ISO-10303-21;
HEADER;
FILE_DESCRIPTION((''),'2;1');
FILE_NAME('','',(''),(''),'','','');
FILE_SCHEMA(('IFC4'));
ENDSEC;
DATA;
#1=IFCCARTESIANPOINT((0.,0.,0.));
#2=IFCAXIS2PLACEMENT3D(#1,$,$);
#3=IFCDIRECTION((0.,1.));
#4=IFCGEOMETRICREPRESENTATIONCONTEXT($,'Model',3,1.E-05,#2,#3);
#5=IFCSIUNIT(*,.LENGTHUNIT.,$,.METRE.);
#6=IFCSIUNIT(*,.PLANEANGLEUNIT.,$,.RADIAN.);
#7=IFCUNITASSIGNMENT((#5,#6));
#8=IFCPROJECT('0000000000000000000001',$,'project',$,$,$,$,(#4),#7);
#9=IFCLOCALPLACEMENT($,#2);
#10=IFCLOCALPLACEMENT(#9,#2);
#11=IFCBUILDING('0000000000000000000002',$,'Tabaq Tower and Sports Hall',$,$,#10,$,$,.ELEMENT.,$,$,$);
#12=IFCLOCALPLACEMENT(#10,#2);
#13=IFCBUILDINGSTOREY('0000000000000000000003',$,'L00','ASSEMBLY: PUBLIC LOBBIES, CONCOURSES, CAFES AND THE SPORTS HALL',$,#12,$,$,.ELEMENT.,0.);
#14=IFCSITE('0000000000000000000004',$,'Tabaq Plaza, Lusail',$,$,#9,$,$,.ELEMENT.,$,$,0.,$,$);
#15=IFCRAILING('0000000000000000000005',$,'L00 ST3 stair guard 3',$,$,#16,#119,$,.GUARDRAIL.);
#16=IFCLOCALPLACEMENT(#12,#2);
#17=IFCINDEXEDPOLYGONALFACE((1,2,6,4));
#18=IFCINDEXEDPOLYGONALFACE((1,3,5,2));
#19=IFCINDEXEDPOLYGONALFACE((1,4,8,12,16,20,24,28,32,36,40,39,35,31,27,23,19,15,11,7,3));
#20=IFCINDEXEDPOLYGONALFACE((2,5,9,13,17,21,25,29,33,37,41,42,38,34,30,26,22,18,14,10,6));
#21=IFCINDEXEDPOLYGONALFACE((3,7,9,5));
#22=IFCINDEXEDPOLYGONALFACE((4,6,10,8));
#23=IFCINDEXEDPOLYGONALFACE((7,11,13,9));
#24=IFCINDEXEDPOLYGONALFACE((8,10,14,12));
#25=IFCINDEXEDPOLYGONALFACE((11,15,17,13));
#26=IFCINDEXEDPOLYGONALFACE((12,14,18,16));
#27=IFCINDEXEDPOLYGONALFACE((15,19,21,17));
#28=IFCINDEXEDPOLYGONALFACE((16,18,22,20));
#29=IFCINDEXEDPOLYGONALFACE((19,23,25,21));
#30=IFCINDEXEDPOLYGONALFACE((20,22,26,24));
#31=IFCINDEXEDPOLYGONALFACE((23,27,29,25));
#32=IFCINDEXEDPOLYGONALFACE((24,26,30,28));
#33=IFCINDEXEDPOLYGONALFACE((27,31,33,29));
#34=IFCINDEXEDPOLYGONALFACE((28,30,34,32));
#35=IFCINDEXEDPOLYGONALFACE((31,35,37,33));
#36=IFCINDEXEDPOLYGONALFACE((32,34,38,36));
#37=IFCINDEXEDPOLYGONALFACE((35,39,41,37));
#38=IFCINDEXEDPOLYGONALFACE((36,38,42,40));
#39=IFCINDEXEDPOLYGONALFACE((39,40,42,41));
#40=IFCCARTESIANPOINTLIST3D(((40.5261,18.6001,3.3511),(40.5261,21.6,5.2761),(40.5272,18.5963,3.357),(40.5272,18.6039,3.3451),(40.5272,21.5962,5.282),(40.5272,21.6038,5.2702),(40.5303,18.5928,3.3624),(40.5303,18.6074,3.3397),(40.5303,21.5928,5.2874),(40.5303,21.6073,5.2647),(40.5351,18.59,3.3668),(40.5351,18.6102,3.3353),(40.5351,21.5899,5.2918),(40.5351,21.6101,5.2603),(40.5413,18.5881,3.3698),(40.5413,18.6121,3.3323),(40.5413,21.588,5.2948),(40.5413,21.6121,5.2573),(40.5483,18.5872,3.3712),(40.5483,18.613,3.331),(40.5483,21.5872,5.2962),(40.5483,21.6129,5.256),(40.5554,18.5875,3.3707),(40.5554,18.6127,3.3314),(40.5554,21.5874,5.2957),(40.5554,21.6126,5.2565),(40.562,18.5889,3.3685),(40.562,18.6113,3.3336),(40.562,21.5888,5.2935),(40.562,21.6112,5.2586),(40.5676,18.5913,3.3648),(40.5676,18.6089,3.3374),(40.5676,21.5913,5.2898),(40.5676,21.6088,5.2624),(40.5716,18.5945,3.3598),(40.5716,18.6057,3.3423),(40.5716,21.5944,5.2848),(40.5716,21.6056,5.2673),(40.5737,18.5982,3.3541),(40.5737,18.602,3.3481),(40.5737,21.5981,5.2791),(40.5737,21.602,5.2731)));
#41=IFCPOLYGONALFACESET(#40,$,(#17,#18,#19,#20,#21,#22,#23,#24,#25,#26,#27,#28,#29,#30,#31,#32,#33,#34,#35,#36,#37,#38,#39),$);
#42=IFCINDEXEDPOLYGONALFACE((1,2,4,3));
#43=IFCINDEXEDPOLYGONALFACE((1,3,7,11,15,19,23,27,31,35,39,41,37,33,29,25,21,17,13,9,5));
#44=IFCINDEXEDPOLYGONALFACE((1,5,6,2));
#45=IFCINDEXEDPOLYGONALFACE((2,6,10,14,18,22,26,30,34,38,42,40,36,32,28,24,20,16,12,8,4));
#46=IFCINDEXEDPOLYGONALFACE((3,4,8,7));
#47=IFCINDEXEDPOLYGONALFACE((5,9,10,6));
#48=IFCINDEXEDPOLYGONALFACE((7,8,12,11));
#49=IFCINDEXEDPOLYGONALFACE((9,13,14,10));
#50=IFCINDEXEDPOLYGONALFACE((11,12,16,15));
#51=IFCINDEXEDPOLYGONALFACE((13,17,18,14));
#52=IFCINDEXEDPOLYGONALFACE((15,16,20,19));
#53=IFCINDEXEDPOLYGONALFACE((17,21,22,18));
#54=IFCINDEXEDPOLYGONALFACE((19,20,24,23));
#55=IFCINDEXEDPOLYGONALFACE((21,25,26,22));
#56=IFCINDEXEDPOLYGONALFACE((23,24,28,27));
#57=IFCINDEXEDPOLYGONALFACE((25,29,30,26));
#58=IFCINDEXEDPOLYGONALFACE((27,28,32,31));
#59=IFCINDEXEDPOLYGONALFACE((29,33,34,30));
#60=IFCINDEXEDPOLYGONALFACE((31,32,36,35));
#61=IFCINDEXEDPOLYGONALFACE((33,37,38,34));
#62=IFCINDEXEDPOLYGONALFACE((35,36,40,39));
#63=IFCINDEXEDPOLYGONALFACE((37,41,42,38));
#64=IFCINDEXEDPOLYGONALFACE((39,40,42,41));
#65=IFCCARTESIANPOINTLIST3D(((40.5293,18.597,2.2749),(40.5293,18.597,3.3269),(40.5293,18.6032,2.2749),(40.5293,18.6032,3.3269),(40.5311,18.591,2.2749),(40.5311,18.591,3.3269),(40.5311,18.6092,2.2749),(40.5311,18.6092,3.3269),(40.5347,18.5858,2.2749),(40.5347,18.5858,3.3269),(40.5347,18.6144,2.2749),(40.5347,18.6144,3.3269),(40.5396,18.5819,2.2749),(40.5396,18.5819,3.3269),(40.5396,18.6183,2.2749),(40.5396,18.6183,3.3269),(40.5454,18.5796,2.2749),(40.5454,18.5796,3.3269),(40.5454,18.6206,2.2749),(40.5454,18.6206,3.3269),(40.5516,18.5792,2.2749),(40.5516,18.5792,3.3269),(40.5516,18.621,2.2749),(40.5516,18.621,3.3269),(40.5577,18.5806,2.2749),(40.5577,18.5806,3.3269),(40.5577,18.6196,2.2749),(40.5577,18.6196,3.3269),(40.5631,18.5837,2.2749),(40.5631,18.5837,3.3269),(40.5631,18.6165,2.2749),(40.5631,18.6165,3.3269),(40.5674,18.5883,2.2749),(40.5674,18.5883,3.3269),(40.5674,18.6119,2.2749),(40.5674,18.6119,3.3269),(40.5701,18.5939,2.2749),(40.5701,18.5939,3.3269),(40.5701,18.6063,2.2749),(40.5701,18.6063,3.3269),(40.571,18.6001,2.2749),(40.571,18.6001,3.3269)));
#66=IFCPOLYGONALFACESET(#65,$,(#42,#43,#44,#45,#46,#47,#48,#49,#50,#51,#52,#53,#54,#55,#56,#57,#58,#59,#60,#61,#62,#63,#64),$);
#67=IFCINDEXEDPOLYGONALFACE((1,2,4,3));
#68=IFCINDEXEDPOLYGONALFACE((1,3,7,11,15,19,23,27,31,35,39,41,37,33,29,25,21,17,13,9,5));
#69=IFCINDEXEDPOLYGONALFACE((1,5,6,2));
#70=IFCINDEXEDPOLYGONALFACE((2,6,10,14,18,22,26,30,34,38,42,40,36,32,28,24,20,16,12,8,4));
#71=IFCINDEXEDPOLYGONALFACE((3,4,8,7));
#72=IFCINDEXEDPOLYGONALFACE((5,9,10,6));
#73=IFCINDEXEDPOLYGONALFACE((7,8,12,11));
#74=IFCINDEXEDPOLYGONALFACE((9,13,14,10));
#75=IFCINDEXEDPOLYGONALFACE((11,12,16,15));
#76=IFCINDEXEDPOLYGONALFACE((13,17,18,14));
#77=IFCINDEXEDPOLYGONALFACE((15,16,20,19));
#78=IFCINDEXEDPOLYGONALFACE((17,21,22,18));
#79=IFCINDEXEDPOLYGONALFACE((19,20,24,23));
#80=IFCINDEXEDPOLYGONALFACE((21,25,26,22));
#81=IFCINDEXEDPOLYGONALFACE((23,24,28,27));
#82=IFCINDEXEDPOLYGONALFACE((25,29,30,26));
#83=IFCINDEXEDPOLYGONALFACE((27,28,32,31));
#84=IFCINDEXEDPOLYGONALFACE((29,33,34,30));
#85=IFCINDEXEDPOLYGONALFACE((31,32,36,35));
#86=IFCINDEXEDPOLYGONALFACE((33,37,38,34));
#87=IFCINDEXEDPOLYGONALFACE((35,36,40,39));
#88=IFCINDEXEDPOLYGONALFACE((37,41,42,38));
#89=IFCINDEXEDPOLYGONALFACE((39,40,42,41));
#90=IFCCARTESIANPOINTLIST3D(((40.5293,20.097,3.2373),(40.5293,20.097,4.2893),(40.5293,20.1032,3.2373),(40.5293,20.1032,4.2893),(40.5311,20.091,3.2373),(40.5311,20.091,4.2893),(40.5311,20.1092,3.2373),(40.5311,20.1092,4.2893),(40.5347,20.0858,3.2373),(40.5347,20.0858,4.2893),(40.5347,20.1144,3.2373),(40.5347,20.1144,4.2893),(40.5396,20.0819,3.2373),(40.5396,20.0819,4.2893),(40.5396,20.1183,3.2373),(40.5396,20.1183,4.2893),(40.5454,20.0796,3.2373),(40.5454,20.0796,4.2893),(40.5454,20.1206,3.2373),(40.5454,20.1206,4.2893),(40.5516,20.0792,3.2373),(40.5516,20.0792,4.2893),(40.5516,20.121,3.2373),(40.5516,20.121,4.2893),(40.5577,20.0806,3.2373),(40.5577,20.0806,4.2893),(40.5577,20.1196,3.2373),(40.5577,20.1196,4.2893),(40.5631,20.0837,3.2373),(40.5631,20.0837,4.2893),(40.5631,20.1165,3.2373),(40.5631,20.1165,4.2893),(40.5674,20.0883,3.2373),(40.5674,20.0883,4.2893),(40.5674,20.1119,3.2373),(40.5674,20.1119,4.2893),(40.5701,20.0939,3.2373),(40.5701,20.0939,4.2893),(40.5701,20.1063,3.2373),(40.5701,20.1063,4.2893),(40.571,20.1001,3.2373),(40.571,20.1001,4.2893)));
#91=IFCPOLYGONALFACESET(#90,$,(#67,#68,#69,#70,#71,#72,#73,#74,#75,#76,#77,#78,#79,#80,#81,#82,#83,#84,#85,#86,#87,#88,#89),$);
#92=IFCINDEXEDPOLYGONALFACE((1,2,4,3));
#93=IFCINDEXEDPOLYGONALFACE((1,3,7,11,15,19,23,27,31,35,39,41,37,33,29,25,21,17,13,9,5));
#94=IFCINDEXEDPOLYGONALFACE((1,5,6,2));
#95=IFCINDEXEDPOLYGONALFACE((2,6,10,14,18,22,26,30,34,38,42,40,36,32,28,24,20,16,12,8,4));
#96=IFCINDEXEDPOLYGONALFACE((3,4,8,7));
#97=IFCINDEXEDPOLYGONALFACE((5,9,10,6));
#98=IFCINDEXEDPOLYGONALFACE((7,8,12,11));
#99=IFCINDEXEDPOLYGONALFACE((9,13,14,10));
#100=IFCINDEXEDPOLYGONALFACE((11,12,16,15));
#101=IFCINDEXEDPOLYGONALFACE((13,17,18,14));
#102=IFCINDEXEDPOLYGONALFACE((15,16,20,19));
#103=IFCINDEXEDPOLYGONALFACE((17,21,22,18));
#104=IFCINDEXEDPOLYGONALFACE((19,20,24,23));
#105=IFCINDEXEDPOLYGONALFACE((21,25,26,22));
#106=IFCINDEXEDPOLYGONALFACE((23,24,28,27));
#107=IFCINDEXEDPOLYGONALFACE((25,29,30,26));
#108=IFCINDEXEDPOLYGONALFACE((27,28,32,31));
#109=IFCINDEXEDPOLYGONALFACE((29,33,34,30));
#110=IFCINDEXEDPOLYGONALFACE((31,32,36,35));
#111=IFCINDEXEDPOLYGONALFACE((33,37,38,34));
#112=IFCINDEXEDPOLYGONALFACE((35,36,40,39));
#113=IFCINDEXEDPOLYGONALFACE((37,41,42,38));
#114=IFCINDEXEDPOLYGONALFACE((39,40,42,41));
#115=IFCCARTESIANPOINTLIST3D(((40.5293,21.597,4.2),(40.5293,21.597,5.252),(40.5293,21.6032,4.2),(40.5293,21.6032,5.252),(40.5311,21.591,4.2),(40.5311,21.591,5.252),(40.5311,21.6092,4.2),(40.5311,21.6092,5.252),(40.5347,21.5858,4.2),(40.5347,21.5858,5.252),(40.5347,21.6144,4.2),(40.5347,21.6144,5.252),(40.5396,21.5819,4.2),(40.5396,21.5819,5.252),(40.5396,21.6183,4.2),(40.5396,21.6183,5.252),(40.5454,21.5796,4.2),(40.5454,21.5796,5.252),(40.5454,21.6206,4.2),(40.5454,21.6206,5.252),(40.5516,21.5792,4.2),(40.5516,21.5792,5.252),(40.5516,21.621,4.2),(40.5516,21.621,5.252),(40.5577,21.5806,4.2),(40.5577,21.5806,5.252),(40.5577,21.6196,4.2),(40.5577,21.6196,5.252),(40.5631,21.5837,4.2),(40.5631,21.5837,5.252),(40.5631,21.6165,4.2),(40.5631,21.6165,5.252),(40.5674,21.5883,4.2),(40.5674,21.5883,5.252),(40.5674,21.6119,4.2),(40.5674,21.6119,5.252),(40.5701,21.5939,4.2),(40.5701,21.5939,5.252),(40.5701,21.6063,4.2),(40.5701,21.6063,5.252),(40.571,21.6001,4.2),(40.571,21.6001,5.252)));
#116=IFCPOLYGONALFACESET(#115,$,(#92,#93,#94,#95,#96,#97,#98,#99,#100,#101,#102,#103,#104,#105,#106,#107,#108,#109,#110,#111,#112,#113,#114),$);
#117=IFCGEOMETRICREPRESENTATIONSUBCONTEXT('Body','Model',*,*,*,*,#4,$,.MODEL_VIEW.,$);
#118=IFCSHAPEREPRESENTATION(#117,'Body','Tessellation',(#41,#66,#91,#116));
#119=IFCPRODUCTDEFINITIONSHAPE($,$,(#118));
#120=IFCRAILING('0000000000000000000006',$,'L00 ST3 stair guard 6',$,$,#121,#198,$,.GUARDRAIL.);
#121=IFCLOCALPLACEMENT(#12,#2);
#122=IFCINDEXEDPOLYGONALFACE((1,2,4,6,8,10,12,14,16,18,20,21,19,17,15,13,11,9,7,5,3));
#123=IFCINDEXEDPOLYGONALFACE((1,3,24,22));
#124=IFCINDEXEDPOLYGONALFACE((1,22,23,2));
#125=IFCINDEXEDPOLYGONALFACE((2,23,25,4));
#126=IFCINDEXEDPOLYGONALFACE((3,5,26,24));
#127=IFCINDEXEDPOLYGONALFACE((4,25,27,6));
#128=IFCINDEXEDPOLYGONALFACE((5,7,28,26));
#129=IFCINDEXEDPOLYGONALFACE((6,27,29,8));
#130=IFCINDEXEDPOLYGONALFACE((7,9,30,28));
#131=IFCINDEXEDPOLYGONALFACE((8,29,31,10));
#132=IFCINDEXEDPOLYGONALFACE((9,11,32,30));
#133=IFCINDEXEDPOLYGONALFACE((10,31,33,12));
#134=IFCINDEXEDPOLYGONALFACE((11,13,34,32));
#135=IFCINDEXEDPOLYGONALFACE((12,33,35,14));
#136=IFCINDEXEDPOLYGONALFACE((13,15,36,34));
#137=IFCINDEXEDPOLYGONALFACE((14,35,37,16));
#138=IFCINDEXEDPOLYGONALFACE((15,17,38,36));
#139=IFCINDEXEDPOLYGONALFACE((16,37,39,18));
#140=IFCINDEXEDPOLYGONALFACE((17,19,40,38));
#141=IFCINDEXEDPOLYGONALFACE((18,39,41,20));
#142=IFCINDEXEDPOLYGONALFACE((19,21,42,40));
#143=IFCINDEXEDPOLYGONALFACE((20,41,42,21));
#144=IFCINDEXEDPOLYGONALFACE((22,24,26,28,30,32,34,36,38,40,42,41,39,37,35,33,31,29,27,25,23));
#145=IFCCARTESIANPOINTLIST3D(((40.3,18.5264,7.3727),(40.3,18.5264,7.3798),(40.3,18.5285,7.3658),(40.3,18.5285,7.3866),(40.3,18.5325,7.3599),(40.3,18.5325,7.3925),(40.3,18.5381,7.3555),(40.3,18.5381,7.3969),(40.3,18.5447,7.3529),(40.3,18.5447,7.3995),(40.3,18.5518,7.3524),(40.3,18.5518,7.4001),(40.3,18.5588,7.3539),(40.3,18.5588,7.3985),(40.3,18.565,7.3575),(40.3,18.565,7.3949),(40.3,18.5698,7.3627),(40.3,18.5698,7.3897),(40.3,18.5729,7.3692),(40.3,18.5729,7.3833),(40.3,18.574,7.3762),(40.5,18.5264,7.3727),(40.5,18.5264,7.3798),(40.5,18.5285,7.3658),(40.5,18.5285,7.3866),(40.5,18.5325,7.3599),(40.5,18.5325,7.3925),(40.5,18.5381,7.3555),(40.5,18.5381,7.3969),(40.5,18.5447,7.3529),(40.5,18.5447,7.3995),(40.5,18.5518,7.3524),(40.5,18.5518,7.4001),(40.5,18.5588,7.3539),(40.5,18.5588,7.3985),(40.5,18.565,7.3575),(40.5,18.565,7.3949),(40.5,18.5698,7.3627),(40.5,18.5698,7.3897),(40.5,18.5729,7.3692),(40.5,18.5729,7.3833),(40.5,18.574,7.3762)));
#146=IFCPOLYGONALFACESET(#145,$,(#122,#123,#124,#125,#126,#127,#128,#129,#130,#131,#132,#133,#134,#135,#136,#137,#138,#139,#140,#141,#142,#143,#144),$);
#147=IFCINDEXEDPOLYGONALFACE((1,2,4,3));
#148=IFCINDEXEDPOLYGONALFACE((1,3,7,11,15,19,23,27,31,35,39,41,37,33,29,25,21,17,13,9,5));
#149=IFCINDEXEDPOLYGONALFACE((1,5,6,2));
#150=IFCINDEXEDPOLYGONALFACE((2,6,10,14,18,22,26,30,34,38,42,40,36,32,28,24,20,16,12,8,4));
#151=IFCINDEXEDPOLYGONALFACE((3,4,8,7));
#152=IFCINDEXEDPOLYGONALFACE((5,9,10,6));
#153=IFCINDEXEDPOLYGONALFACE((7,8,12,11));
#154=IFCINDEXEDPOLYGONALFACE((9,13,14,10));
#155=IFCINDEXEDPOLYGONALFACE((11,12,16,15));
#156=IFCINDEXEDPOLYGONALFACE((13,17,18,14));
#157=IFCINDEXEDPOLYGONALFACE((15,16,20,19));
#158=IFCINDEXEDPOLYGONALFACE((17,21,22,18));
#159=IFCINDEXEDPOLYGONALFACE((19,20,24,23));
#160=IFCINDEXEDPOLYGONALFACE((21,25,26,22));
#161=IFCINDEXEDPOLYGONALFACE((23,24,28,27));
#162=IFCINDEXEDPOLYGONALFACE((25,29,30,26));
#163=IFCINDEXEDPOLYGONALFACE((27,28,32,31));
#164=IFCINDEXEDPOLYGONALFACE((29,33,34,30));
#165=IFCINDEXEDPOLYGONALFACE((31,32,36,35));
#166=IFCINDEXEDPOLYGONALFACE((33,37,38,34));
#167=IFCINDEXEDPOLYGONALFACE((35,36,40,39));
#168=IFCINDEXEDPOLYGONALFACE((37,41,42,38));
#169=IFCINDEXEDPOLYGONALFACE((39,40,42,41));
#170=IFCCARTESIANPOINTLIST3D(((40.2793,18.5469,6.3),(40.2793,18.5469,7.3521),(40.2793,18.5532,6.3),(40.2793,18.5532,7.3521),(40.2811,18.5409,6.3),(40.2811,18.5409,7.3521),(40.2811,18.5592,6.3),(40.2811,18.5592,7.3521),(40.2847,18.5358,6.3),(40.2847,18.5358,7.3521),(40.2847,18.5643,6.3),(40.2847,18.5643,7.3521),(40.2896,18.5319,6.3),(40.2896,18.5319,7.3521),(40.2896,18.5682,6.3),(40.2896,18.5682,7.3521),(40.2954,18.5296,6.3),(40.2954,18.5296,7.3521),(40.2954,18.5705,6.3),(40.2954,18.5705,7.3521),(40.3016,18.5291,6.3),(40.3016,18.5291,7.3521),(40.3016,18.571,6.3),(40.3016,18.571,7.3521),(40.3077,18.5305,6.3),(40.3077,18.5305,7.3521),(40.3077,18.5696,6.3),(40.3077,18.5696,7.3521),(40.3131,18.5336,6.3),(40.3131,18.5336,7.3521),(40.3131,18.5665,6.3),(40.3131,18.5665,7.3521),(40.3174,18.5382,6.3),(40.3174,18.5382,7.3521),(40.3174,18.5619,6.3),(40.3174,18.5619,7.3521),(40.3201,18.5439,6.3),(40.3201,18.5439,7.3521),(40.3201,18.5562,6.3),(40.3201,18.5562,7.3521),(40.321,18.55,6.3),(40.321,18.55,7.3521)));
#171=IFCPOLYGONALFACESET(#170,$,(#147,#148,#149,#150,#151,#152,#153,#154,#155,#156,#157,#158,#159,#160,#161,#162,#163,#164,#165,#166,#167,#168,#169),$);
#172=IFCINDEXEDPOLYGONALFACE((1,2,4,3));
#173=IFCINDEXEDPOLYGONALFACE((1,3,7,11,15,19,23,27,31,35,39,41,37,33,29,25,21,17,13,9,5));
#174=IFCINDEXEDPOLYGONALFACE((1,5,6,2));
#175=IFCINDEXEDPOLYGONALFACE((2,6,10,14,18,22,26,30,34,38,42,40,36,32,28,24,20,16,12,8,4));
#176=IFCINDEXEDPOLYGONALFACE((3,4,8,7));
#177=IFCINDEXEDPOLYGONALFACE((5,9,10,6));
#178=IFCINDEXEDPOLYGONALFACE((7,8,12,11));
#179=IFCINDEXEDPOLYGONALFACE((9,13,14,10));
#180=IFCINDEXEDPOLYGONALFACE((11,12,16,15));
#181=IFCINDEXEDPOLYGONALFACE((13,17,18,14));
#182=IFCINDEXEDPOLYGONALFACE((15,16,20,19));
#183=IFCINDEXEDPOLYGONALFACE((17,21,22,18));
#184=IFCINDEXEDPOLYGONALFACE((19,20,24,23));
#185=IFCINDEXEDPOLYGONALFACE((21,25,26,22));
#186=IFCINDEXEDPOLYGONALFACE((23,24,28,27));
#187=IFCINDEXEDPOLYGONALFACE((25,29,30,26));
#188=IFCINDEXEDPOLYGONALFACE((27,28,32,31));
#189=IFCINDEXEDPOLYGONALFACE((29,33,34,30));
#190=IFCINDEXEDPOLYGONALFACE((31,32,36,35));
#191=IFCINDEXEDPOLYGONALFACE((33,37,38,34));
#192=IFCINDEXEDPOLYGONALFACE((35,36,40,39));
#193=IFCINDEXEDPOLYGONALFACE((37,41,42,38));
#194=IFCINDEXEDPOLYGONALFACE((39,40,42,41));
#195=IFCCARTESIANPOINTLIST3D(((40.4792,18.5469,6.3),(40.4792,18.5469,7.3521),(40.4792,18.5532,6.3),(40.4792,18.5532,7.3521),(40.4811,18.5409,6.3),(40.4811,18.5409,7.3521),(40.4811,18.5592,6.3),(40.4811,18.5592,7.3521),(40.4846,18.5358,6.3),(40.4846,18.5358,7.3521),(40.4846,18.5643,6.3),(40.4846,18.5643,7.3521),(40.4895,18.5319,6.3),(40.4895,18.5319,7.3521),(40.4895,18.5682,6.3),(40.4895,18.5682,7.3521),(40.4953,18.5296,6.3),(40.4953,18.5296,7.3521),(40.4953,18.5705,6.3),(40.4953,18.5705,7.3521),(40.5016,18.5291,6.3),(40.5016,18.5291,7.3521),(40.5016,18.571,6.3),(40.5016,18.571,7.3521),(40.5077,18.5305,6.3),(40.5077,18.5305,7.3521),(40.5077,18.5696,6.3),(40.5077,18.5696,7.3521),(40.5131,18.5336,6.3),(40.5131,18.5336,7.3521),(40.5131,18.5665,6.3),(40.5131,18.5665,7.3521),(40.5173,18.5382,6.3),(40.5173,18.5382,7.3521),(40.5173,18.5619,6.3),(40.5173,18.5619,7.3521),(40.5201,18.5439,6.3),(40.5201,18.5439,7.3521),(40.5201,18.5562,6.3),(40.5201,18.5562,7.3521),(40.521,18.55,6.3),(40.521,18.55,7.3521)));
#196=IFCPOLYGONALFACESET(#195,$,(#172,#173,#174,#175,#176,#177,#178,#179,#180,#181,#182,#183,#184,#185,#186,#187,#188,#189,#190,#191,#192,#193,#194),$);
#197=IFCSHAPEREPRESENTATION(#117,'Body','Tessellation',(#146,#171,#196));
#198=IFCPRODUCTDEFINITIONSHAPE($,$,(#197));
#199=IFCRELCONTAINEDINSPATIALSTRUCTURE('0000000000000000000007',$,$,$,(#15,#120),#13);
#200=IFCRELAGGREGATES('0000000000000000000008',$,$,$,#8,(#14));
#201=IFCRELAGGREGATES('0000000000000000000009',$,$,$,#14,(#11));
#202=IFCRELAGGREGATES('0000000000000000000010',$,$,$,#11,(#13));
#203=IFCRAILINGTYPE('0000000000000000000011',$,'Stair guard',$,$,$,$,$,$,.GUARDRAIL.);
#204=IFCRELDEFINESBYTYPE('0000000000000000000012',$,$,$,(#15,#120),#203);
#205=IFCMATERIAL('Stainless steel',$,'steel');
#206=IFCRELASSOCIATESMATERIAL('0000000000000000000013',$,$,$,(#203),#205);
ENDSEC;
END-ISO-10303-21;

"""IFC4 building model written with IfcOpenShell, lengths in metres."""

from ifc_helpers import new_model, si_unit, direction, frame, origin, origin_2d, place, context, subcontext, project, spatial, circle, extrude, material, type_object, element, save


model = new_model("IFC4")

# Units and contexts
model_context = context("Model", 3, precision=1e-05, world=origin(), true_north=direction((0.0, 1.0)))
body_context = subcontext(model_context, "Body", "Model", "MODEL_VIEW")
ifc_project = project(units=[si_unit("LENGTHUNIT", "METRE"), si_unit("PLANEANGLEUNIT", "RADIAN")], contexts=[model_context])

# Site, building, storey
site_placement = place(None, origin())
site = spatial("IfcSite", under=ifc_project, at=site_placement, Name="Tabaq Plaza, Lusail", CompositionType="ELEMENT", RefElevation=0.0)
building_placement = place(site_placement, origin())
building = spatial("IfcBuilding", under=site, at=building_placement, Name="Tabaq Tower and Sports Hall", CompositionType="ELEMENT")
storey_placement = place(building_placement, origin())
storey = spatial("IfcBuildingStorey", under=building, at=storey_placement, Name="L00", Description="ASSEMBLY: PUBLIC LOBBIES, CONCOURSES, CAFES AND THE SPORTS HALL", CompositionType="ELEMENT", Elevation=0.0)

# Railings
ifc_material_1 = material(Name="Stainless steel", Category="steel")
railing_type_1 = type_object("IfcRailingType", Name="Stair guard", PredefinedType="GUARDRAIL", material=ifc_material_1)
railing_1_placement = place(storey_placement, frame((40.55, 18.6001, 2.2749)))
element("IfcRailing", 1, at=railing_1_placement, inside=storey, type_object=railing_type_1, Name="L00 ST3 stair guard 3", PredefinedType="GUARDRAIL", context=body_context, shape_type="SweptSolid", body=[
    extrude(circle(Radius=0.0239, at=origin_2d()), frame((0.0, 0.0, 1.0762), z_axis=(0.0, 0.841628, 0.540058), x_axis=(-1.0, 0.0, 0.0)), (0.0, 0.0, 1.0), 3.5645),
    extrude(circle(Radius=0.021, at=origin_2d()), origin(), (0.0, 0.0, 1.0), 1.052),
    extrude(circle(Radius=0.021, at=origin_2d()), frame((0.0, 1.5, 0.9624)), (0.0, 0.0, 1.0), 1.052),
    extrude(circle(Radius=0.021, at=origin_2d()), frame((0.0, 3.0, 1.925)), (0.0, 0.0, 1.0), 1.052),
])
railing_2_placement = place(storey_placement, frame((40.3, 18.55, 6.3)))
element("IfcRailing", 2, at=railing_2_placement, inside=storey, type_object=railing_type_1, Name="L00 ST3 stair guard 6", PredefinedType="GUARDRAIL", context=body_context, shape_type="SweptSolid", body=[
    extrude(circle(Radius=0.0239, at=origin_2d()), frame((0.0, 0.0, 1.0762), z_axis=(1.0, 0.0, 0.0), x_axis=(0.0, 1.0, 0.0)), (0.0, 0.0, 1.0), 0.2),
    extrude(circle(Radius=0.021, at=origin_2d()), origin(), (0.0, 0.0, 1.0), 1.052),
    extrude(circle(Radius=0.021, at=origin_2d()), frame((0.2, 0.0, 0.0)), (0.0, 0.0, 1.0), 1.052),
])

save(model, "model.ifc")
